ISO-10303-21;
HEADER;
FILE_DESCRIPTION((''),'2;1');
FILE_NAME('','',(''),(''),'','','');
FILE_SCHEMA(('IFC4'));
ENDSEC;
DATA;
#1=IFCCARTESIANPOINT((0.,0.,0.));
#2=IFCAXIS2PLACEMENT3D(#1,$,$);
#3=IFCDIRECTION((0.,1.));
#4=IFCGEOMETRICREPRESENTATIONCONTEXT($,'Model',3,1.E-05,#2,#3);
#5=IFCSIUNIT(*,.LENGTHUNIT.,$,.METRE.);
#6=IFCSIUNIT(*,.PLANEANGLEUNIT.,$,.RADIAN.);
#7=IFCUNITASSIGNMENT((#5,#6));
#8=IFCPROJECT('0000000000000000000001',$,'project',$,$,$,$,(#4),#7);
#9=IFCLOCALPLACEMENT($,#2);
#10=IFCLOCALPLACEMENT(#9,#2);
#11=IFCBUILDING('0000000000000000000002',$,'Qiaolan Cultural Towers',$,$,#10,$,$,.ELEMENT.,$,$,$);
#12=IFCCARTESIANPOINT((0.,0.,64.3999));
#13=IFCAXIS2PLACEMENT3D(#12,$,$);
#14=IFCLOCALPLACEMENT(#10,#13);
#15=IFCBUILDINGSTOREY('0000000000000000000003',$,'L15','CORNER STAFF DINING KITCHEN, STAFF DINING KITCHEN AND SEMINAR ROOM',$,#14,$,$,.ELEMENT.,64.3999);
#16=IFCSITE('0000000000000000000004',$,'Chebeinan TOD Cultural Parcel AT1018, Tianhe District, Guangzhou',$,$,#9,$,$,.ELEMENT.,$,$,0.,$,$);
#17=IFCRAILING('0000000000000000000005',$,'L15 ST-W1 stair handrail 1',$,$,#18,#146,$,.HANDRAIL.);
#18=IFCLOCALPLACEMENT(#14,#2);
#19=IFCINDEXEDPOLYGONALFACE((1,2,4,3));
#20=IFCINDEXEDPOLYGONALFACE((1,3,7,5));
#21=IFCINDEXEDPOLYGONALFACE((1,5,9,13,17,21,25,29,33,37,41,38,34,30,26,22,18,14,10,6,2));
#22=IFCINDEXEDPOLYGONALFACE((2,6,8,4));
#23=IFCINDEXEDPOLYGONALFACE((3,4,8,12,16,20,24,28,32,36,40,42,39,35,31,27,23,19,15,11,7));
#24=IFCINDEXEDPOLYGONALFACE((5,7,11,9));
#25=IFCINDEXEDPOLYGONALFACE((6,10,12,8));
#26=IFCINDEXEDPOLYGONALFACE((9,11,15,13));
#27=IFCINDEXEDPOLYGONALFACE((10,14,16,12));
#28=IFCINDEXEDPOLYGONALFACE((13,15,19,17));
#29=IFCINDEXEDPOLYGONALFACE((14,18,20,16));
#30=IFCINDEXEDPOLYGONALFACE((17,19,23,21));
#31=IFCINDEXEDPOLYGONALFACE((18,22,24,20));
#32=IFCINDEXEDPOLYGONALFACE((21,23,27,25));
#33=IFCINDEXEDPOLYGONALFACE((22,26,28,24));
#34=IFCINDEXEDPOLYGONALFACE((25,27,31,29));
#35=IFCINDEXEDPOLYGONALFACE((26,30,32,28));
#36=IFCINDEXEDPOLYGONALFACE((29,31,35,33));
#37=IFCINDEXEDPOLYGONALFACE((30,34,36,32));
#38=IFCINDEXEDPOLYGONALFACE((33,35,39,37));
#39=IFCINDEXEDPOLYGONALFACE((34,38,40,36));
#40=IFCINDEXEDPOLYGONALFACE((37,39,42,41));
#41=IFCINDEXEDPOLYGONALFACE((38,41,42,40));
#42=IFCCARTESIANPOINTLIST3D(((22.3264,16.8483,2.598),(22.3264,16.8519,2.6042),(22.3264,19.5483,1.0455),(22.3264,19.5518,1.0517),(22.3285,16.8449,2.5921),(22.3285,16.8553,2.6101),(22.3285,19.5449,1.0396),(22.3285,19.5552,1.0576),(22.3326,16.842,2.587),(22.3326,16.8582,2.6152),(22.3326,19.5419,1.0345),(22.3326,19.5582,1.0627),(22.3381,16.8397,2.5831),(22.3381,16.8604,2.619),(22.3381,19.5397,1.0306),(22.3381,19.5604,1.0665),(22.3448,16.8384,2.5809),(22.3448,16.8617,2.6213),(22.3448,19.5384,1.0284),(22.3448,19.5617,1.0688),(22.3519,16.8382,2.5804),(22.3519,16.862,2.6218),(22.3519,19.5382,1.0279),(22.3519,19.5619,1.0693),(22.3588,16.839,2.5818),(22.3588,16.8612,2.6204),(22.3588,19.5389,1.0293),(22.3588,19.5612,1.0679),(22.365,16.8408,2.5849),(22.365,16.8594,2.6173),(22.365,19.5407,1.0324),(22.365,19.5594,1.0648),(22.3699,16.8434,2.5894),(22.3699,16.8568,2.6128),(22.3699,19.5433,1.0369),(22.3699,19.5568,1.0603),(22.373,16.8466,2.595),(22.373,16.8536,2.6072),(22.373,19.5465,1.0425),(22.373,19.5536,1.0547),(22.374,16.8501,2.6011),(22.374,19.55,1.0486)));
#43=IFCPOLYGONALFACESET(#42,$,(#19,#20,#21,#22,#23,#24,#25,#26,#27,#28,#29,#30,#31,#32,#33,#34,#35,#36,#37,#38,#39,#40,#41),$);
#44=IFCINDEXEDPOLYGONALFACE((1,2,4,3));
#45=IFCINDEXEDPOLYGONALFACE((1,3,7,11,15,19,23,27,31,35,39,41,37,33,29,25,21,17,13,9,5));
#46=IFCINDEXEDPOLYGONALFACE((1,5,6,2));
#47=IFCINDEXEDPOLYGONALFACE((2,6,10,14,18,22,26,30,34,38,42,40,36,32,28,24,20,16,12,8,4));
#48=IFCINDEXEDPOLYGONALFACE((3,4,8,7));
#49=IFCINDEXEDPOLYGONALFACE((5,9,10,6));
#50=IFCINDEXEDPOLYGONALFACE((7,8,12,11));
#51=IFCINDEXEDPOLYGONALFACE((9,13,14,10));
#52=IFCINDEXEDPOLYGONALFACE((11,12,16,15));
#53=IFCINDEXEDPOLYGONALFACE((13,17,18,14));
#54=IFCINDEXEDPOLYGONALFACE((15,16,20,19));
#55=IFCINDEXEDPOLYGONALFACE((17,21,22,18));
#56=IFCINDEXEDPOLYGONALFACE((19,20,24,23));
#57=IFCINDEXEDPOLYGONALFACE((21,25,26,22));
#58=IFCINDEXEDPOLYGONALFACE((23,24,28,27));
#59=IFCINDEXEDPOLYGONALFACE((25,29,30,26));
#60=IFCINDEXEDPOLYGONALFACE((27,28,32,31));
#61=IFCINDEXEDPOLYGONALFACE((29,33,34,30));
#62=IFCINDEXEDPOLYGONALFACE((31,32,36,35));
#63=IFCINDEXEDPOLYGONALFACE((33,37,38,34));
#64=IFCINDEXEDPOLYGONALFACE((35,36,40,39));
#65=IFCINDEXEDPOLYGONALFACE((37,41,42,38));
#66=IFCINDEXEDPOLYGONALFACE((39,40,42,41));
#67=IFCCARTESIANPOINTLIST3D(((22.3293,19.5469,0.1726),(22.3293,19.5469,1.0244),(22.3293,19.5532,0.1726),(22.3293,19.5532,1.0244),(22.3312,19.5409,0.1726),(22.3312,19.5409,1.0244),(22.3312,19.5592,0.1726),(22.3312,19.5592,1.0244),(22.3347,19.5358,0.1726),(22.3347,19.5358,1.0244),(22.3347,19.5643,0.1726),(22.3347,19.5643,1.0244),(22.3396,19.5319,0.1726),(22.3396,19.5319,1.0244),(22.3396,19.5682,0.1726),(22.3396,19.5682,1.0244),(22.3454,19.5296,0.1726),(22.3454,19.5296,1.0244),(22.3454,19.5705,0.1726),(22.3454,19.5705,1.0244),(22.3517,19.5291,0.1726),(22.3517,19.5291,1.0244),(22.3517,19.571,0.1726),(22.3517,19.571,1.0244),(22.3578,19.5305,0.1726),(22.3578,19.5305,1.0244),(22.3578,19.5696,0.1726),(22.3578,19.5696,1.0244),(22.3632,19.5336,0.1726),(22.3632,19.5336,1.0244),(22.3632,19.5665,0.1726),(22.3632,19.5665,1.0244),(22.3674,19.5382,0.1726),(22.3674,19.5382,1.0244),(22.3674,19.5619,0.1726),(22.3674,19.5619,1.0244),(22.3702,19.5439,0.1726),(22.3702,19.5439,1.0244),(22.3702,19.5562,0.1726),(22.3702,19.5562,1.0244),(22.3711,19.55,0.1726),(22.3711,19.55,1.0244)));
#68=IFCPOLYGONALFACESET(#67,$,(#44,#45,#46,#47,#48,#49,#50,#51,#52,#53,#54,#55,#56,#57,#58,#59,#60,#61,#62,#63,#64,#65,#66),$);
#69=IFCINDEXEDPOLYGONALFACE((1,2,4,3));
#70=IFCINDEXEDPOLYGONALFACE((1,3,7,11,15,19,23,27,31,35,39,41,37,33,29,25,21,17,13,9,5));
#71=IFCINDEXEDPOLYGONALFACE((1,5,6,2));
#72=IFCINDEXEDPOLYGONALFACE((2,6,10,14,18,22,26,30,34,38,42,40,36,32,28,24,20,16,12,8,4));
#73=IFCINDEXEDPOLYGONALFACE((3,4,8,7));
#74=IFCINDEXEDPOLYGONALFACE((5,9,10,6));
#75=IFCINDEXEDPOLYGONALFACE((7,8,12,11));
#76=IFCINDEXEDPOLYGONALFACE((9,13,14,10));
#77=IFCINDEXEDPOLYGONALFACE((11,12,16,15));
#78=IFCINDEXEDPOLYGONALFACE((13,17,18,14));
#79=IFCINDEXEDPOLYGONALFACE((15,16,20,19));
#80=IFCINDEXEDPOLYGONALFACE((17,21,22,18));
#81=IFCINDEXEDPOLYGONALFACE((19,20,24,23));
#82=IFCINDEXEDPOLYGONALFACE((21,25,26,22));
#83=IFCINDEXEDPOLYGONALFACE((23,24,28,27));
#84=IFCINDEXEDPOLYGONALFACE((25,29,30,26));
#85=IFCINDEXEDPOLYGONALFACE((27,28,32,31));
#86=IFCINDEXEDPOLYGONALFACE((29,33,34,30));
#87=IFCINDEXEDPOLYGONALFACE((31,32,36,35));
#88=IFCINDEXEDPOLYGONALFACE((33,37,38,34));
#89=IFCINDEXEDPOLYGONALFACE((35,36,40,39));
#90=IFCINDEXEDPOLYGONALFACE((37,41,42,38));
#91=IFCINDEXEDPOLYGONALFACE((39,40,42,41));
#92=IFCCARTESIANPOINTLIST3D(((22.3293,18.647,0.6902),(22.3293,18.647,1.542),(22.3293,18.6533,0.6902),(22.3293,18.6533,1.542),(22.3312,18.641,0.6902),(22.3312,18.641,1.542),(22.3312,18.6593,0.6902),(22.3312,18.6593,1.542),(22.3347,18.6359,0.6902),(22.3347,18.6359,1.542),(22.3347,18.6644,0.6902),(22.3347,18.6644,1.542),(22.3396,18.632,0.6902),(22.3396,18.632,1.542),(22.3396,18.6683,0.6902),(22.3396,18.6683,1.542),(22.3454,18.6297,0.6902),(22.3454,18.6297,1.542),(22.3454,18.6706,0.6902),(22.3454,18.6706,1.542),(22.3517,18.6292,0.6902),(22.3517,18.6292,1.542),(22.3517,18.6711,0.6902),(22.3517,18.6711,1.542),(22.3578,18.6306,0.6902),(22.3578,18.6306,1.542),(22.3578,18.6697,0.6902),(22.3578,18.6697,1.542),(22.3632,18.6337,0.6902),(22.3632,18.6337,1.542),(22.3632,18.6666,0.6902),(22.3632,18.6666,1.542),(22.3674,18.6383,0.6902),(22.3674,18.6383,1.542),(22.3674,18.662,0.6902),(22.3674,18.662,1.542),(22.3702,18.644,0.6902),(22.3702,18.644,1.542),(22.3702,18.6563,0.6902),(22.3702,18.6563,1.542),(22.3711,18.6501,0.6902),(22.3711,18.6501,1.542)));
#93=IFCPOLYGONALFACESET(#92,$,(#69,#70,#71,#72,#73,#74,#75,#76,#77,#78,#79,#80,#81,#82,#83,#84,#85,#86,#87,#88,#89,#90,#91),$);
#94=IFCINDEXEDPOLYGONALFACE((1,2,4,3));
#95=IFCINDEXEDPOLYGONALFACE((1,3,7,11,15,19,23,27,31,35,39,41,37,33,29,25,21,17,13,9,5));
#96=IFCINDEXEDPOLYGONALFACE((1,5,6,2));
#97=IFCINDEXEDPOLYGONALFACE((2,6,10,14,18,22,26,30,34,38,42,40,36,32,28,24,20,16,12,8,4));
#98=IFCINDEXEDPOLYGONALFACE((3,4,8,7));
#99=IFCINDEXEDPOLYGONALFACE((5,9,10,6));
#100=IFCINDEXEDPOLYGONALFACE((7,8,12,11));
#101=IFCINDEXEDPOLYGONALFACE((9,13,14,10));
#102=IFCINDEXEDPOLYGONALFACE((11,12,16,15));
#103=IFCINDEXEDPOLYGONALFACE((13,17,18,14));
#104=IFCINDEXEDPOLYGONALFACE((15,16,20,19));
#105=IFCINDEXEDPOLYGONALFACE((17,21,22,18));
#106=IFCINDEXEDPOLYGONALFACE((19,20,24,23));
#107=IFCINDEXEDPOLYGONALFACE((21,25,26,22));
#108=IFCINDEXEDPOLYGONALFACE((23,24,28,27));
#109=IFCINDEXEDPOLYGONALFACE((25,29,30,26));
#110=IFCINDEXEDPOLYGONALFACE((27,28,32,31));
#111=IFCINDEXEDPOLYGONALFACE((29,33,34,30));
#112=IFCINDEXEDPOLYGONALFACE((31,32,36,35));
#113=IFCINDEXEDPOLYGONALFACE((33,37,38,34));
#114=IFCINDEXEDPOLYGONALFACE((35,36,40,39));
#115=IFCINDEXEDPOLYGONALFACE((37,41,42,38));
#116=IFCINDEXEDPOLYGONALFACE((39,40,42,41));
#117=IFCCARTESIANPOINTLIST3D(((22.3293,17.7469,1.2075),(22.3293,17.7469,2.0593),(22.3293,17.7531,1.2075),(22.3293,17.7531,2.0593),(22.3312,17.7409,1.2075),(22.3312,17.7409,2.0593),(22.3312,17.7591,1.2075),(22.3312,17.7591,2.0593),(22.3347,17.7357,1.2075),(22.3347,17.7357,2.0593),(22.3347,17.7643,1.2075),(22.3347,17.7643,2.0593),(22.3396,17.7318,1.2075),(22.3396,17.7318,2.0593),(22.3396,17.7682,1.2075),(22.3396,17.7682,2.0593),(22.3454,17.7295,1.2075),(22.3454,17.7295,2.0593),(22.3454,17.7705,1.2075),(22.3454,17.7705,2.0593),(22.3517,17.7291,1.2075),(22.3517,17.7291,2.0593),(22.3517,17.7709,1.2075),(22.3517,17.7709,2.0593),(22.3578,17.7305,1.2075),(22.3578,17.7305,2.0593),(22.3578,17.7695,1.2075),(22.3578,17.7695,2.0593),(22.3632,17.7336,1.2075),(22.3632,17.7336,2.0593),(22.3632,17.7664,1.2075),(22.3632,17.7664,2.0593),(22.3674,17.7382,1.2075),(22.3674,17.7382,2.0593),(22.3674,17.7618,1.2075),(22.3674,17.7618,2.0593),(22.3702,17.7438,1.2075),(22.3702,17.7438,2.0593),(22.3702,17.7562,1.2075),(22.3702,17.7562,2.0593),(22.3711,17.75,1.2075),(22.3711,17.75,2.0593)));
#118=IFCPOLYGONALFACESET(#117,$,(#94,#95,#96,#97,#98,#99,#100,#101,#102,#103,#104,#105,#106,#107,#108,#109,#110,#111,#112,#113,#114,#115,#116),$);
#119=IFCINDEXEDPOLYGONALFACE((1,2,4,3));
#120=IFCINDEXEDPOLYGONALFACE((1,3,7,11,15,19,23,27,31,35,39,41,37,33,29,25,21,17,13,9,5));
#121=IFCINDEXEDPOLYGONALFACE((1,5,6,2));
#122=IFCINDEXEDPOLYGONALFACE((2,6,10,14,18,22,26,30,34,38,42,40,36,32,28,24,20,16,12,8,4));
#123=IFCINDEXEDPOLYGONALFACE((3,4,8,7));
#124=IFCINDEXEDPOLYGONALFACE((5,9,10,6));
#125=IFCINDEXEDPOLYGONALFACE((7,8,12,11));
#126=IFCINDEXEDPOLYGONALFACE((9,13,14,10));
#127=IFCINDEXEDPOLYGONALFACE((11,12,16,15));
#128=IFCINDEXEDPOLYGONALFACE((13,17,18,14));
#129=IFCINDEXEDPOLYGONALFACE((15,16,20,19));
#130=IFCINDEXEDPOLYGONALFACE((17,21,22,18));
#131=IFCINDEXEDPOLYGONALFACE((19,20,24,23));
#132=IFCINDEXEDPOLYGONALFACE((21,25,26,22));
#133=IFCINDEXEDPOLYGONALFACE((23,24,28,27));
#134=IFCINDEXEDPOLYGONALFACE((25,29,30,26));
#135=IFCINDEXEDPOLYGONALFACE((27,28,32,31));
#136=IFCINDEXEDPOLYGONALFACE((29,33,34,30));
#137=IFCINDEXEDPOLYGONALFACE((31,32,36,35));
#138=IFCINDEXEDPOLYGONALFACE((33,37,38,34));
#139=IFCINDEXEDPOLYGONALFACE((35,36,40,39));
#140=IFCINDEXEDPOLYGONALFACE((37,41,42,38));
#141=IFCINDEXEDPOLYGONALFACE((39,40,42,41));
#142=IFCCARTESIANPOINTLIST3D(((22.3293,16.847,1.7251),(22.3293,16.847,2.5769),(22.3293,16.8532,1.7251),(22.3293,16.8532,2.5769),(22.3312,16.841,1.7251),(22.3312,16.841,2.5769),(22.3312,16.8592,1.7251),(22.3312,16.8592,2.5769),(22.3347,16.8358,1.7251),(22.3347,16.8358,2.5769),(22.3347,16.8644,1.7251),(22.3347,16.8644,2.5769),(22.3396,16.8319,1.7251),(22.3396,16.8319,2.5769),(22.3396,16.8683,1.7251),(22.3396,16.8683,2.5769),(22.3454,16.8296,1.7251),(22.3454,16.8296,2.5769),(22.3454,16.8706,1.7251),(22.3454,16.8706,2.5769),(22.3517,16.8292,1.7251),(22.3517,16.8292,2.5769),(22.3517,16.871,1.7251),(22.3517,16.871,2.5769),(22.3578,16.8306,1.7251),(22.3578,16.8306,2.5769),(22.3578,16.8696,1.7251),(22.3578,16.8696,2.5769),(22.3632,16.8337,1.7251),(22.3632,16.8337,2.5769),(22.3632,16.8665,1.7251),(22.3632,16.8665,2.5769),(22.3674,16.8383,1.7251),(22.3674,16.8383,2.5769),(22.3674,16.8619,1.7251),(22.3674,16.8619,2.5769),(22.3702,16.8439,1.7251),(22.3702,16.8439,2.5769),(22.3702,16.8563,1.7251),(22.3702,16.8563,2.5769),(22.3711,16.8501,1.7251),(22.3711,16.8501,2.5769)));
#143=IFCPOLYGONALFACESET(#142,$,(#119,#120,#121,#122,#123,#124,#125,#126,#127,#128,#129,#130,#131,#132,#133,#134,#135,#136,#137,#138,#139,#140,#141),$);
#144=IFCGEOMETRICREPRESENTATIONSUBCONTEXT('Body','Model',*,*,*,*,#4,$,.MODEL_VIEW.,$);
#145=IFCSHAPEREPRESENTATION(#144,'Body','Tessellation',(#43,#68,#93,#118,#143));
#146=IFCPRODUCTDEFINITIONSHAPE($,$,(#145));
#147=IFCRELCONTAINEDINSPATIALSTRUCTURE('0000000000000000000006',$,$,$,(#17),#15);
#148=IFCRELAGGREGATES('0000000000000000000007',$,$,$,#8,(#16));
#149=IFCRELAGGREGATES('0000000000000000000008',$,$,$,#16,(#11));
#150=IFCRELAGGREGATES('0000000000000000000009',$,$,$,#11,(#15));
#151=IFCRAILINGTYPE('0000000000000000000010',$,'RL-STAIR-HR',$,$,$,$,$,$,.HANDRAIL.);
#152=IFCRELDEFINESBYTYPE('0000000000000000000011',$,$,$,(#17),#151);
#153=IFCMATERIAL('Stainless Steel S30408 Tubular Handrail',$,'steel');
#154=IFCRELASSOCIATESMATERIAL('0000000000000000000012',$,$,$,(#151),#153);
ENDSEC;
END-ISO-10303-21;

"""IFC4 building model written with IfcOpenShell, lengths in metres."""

from ifc_helpers import new_model, si_unit, direction, frame, origin, origin_2d, place, context, subcontext, project, spatial, circle, extrude, material, type_object, element, save


model = new_model("IFC4")

# Units and contexts
model_context = context("Model", 3, precision=1e-05, world=origin(), true_north=direction((0.0, 1.0)))
body_context = subcontext(model_context, "Body", "Model", "MODEL_VIEW")
ifc_project = project(units=[si_unit("LENGTHUNIT", "METRE"), si_unit("PLANEANGLEUNIT", "RADIAN")], contexts=[model_context])

# Site, building, storey
site_placement = place(None, origin())
site = spatial("IfcSite", under=ifc_project, at=site_placement, Name="Chebeinan TOD Cultural Parcel AT1018, Tianhe District, Guangzhou", CompositionType="ELEMENT", RefElevation=0.0)
building_placement = place(site_placement, origin())
building = spatial("IfcBuilding", under=site, at=building_placement, Name="Qiaolan Cultural Towers", CompositionType="ELEMENT")
storey_placement = place(building_placement, frame((0.0, 0.0, 64.3999)))
storey = spatial("IfcBuildingStorey", under=building, at=storey_placement, Name="L15", Description="CORNER STAFF DINING KITCHEN, STAFF DINING KITCHEN AND SEMINAR ROOM", CompositionType="ELEMENT", Elevation=64.3999)

# Railing
ifc_material_1 = material(Name="Stainless Steel S30408 Tubular Handrail", Category="steel")
railing_type_1 = type_object("IfcRailingType", Name="RL-STAIR-HR", PredefinedType="HANDRAIL", material=ifc_material_1)
railing_1_placement = place(storey_placement, frame((22.3501, 19.55, 0.1726)))
element("IfcRailing", 1, at=railing_1_placement, inside=storey, type_object=railing_type_1, Name="L15 ST-W1 stair handrail 1", PredefinedType="HANDRAIL", context=body_context, shape_type="SweptSolid", body=[
    extrude(circle(Radius=0.0239, at=origin_2d()), frame((0.0, 0.0, 0.876), z_axis=(0.0, -0.866904, 0.498476), x_axis=(1.0, 0.0, 0.0)), (0.0, 0.0, 1.0), 3.1145),
    extrude(circle(Radius=0.021, at=origin_2d()), origin(), (0.0, 0.0, 1.0), 0.8518),
    extrude(circle(Radius=0.021, at=origin_2d()), frame((0.0, -0.8999, 0.5176)), (0.0, 0.0, 1.0), 0.8518),
    extrude(circle(Radius=0.021, at=origin_2d()), frame((0.0, -1.8, 1.0349)), (0.0, 0.0, 1.0), 0.8518),
    extrude(circle(Radius=0.021, at=origin_2d()), frame((0.0, -2.7, 1.5525)), (0.0, 0.0, 1.0), 0.8518),
])

save(model, "model.ifc")
